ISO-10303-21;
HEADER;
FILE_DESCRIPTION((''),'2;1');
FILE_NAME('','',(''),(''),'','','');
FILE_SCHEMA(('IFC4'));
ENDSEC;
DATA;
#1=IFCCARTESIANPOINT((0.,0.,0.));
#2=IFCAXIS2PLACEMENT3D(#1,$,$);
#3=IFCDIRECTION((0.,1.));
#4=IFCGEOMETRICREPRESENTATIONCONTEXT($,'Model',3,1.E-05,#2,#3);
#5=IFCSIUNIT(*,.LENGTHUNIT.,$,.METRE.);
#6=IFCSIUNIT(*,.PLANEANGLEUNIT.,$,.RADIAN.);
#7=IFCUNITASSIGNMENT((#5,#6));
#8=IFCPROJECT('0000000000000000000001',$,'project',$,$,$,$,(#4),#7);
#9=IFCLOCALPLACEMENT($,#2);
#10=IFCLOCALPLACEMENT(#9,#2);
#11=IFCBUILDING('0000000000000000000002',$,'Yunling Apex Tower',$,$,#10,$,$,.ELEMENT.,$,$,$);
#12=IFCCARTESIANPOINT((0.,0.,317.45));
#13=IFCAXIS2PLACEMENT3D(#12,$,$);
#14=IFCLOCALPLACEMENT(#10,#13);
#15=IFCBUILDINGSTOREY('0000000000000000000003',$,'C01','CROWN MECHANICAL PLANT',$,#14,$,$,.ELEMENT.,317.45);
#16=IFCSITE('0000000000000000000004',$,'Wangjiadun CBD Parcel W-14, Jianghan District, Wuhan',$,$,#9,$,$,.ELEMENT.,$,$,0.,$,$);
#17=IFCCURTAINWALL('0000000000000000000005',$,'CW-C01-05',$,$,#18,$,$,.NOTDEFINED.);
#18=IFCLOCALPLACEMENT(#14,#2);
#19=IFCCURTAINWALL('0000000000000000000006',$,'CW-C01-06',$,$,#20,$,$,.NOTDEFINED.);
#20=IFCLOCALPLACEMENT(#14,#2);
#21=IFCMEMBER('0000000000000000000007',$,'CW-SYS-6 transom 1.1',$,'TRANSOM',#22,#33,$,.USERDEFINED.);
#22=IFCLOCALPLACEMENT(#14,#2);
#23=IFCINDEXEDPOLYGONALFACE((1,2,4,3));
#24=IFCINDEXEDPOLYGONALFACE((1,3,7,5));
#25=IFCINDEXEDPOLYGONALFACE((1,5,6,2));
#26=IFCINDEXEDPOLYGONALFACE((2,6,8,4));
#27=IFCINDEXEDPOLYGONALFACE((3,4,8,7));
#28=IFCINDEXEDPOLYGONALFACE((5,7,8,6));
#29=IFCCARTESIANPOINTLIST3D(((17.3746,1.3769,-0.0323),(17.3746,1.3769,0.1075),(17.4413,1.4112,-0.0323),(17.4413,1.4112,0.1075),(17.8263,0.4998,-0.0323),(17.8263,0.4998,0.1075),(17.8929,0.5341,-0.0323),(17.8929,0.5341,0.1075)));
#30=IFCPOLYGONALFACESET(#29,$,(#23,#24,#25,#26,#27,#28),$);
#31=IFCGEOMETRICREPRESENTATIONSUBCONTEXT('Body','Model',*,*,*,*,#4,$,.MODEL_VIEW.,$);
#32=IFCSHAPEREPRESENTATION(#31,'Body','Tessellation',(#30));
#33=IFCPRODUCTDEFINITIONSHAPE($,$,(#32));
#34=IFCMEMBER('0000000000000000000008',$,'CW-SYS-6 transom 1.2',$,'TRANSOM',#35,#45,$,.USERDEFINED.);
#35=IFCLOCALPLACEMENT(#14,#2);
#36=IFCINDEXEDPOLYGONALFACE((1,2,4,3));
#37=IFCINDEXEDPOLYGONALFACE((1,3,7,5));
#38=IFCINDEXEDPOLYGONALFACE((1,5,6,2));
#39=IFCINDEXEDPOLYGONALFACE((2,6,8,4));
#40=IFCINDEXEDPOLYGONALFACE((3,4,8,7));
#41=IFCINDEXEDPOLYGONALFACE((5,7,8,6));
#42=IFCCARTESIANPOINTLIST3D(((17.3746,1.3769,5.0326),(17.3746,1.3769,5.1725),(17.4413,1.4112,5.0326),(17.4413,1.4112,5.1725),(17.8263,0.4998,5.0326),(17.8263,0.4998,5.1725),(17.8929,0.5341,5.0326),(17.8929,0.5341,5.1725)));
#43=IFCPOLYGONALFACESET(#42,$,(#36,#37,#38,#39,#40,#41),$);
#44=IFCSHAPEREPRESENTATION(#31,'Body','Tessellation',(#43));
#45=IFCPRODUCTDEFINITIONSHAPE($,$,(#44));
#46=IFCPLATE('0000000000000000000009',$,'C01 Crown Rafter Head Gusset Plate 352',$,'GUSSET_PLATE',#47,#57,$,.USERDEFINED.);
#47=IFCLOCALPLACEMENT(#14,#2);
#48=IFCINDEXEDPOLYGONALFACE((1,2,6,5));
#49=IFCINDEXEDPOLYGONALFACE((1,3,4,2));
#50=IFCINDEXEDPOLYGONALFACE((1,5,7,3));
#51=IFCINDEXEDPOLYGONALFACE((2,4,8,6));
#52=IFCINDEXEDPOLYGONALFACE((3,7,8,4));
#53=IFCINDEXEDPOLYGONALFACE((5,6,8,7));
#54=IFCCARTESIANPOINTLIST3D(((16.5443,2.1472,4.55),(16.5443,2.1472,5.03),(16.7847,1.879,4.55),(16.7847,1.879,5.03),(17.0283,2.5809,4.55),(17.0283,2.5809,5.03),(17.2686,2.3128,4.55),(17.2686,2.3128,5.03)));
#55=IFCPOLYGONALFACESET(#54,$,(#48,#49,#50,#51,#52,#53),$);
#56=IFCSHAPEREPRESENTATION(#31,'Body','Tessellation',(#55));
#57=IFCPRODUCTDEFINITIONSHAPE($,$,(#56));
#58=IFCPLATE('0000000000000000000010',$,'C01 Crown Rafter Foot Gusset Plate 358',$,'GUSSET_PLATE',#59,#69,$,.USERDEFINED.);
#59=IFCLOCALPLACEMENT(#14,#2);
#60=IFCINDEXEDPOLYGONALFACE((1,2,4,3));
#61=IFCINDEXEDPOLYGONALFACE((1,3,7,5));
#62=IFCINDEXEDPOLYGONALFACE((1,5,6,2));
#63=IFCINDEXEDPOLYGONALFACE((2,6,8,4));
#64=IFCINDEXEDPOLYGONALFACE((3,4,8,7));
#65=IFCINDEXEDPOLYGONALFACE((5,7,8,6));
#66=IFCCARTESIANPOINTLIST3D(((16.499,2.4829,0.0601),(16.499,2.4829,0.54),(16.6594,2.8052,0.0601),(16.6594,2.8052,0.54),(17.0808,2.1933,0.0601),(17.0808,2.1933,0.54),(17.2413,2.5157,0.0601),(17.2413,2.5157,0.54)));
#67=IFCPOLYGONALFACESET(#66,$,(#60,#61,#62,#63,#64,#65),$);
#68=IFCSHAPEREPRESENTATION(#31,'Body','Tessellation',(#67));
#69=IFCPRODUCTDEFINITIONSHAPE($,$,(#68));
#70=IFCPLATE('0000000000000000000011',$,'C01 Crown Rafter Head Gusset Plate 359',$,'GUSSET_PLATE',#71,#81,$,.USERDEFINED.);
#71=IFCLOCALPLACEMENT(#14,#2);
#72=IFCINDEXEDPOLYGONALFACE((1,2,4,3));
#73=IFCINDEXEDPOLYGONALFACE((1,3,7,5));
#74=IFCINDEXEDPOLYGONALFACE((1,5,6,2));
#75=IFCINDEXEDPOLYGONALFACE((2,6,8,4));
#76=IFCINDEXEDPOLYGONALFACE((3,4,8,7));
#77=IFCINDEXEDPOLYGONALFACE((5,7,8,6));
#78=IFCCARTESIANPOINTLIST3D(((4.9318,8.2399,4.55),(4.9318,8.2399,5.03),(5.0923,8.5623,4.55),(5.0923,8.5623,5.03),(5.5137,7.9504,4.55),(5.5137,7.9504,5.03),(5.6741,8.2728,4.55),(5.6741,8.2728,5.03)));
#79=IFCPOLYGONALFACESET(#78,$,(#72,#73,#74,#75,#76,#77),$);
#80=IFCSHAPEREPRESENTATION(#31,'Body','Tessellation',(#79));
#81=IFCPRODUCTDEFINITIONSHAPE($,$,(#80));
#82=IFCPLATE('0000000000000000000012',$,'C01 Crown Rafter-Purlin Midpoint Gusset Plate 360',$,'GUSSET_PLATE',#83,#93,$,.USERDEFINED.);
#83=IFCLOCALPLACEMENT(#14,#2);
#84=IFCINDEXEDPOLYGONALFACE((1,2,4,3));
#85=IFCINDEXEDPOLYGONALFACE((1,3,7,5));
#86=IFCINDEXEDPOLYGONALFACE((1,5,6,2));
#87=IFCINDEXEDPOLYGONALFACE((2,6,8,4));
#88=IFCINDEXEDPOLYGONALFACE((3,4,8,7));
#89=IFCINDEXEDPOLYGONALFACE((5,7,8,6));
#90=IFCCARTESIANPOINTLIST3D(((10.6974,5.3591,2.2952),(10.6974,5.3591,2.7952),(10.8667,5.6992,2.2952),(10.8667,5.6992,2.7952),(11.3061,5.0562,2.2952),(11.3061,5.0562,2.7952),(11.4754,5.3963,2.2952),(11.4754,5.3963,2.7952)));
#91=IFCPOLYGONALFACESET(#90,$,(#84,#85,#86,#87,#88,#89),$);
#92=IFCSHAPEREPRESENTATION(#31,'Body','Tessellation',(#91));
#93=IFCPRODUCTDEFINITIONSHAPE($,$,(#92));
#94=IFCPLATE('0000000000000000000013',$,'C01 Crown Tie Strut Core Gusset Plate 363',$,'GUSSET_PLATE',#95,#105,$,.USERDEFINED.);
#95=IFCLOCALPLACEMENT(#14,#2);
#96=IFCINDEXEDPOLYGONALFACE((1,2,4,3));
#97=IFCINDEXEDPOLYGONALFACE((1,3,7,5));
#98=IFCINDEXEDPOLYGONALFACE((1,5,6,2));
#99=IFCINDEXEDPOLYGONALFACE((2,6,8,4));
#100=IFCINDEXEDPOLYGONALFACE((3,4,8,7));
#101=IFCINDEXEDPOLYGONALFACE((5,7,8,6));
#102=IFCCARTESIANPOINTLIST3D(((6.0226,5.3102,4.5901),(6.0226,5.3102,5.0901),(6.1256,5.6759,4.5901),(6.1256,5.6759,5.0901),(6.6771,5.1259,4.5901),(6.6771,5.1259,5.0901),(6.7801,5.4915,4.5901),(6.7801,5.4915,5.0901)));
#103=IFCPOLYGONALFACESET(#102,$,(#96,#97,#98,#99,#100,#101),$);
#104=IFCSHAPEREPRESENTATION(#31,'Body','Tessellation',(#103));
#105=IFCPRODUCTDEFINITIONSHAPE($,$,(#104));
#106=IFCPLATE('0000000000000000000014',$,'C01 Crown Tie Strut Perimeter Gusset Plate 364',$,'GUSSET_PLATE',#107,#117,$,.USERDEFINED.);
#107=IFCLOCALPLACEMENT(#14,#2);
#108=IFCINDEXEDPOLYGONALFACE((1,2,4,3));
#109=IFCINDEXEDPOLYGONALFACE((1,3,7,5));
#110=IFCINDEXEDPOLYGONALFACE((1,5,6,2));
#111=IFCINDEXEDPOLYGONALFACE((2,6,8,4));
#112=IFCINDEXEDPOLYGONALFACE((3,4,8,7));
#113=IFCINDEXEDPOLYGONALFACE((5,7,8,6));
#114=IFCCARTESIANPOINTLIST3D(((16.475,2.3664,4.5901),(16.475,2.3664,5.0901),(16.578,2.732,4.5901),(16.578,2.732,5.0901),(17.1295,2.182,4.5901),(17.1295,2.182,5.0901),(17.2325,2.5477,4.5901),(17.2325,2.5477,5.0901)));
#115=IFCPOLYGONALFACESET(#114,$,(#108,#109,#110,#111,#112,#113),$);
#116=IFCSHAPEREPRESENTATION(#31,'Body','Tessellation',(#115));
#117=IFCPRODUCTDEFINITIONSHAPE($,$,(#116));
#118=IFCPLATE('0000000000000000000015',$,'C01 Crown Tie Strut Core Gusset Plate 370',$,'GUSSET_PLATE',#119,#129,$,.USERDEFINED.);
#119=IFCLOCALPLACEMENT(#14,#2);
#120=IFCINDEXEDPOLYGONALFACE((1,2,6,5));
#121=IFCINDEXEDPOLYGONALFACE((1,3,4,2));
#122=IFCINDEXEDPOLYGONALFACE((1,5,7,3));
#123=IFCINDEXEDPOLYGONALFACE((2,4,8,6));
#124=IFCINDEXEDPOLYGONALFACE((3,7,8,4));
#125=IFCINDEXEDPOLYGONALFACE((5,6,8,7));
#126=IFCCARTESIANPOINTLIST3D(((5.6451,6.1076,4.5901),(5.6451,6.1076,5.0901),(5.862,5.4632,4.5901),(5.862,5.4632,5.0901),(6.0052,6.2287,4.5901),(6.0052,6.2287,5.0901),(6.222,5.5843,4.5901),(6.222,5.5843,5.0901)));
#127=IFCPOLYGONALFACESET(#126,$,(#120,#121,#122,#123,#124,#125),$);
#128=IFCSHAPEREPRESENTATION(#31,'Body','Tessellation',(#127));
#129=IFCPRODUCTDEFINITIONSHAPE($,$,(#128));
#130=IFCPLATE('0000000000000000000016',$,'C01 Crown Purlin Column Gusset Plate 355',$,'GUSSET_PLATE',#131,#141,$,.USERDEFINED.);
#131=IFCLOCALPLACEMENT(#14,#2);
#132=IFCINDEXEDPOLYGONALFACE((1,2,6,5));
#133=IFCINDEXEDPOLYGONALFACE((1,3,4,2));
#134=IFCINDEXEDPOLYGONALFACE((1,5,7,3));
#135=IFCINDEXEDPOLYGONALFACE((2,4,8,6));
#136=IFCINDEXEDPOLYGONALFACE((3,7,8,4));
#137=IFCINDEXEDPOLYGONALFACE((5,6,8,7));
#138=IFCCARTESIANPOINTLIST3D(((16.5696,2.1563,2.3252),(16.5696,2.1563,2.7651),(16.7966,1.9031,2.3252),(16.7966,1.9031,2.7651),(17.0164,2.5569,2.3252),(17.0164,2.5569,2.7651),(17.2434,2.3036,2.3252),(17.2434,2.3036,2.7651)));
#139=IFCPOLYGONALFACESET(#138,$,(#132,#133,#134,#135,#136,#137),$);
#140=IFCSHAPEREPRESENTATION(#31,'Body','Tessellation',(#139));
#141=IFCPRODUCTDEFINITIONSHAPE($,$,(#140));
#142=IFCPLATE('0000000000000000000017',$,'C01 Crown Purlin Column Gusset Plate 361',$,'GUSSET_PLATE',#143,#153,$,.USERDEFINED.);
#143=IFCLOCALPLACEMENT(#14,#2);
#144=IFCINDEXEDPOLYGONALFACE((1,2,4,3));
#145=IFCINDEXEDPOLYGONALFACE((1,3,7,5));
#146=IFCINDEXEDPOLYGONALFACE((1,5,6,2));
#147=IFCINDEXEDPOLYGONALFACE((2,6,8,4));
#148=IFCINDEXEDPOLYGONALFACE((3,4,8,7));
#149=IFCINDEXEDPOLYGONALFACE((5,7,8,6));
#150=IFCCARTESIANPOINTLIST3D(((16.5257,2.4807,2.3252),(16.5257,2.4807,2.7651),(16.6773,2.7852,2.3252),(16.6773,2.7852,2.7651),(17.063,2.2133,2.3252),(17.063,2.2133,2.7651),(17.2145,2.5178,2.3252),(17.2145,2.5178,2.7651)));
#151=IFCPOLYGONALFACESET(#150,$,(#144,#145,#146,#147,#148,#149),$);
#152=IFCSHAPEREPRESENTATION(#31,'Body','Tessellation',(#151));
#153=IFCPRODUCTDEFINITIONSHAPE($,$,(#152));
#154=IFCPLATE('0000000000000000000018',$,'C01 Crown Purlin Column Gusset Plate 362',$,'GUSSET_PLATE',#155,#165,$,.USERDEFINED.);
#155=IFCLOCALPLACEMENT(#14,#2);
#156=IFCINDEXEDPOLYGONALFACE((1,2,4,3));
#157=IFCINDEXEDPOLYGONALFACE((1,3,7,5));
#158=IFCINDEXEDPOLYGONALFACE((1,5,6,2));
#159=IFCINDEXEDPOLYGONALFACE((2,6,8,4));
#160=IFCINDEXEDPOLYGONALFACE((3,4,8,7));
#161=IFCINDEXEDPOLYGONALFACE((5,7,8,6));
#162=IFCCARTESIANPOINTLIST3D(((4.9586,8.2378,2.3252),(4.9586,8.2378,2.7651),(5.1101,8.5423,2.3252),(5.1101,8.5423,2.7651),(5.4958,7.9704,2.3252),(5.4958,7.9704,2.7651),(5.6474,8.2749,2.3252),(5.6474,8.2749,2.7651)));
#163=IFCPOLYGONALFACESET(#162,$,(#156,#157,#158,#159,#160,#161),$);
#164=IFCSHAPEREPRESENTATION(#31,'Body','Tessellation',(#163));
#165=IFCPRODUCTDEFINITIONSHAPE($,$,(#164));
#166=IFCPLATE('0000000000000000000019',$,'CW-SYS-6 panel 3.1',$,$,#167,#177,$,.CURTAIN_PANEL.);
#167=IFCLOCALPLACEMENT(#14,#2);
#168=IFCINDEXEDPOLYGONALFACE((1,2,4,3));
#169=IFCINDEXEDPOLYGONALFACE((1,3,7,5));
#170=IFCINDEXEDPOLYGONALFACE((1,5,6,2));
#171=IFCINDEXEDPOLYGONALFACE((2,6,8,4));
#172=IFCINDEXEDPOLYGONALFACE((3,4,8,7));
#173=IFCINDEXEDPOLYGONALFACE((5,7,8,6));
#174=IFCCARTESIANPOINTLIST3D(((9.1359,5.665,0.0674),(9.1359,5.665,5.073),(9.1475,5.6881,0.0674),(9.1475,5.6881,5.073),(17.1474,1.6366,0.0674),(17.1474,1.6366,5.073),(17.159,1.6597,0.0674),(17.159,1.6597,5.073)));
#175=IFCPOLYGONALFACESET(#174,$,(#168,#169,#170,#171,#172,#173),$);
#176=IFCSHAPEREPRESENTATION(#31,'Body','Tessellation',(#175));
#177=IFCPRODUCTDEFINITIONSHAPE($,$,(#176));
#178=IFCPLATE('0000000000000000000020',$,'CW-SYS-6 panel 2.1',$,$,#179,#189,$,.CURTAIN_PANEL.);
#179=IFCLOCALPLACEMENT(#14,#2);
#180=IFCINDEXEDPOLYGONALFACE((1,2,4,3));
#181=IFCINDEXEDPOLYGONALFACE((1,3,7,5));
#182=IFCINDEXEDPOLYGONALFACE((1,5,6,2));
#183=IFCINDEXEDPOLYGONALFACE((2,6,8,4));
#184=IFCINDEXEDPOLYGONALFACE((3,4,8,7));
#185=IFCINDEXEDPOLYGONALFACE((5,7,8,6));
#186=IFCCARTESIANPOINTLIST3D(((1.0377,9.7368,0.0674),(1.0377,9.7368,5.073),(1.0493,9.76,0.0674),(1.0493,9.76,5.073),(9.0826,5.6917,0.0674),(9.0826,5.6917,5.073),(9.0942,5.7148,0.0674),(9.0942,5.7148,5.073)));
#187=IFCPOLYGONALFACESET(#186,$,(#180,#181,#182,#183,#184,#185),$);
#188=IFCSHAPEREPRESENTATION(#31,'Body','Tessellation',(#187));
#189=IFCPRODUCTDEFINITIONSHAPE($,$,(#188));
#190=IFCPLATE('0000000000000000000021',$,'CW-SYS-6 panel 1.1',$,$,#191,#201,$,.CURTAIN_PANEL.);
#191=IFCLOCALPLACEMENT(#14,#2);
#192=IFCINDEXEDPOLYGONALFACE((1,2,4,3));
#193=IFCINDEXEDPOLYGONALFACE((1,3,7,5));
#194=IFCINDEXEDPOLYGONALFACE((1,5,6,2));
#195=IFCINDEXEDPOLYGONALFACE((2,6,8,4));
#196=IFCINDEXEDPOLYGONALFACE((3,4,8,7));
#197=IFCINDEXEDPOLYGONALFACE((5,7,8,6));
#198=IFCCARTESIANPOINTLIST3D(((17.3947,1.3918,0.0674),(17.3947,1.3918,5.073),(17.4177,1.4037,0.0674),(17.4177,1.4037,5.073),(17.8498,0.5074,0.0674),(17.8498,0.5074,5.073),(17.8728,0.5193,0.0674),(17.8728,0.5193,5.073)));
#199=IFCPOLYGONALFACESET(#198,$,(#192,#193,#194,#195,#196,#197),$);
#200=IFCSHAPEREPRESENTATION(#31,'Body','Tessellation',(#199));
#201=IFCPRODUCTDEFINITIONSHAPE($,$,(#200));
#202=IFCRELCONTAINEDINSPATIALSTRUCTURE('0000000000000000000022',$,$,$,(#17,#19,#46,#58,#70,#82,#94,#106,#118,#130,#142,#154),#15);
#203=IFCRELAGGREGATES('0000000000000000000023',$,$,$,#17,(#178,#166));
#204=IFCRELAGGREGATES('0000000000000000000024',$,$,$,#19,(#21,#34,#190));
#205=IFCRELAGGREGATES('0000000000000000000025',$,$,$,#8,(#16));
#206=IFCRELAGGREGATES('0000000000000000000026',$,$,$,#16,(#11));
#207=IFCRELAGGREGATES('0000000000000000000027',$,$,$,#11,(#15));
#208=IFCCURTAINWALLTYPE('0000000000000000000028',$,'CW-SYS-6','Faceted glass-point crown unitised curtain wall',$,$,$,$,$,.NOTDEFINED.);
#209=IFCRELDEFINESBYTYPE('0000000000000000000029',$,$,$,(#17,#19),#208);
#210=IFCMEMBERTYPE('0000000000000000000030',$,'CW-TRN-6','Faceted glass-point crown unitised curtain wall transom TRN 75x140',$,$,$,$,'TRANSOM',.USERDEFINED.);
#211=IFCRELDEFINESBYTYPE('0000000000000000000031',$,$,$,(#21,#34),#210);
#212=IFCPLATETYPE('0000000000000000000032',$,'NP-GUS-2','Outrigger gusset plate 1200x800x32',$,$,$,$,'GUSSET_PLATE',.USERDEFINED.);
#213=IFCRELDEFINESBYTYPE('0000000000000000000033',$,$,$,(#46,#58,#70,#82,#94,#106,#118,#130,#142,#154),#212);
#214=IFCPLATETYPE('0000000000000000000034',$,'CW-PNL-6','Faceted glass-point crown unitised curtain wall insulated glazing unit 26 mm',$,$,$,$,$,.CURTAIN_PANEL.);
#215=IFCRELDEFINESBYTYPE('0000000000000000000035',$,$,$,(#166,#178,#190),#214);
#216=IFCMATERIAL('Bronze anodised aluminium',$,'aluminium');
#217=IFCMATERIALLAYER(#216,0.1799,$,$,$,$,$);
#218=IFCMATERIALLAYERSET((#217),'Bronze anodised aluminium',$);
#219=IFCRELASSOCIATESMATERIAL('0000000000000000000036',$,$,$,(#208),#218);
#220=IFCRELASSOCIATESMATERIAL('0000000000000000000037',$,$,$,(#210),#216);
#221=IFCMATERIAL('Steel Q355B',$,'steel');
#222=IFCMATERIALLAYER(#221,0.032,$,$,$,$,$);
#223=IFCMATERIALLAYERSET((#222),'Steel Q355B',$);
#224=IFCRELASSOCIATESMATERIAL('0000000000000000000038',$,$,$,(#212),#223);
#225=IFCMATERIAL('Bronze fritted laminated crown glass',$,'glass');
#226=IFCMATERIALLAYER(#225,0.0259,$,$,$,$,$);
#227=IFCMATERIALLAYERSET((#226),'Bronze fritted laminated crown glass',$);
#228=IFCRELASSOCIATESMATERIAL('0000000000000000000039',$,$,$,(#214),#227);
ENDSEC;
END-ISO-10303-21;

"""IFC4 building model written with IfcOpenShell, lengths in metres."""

from ifc_helpers import new_model, si_unit, direction, frame, origin, origin_2d, place, context, subcontext, project, spatial, rectangle, extrude, source, transform, mapped, material, layer, layer_set, material_profile, profile_set, type_object, element, aggregate, save


model = new_model("IFC4")

# Units and contexts
model_context = context("Model", 3, precision=1e-05, world=origin(), true_north=direction((0.0, 1.0)))
body_context = subcontext(model_context, "Body", "Model", "MODEL_VIEW")
ifc_project = project(units=[si_unit("LENGTHUNIT", "METRE"), si_unit("PLANEANGLEUNIT", "RADIAN")], contexts=[model_context])

# Site, building, storey
site_placement = place(None, origin())
site = spatial("IfcSite", under=ifc_project, at=site_placement, Name="Wangjiadun CBD Parcel W-14, Jianghan District, Wuhan", CompositionType="ELEMENT", RefElevation=0.0)
building_placement = place(site_placement, origin())
building = spatial("IfcBuilding", under=site, at=building_placement, Name="Yunling Apex Tower", CompositionType="ELEMENT")
storey_placement = place(building_placement, frame((0.0, 0.0, 317.45)))
storey = spatial("IfcBuildingStorey", under=building, at=storey_placement, Name="C01", Description="CROWN MECHANICAL PLANT", CompositionType="ELEMENT", Elevation=317.45)

# Shared definitions
ifc_material_1 = material(Name="Steel Q355B", Category="steel")

# Curtain walls
ifc_material_2 = material(Name="Bronze anodised aluminium", Category="aluminium")
ifc_layer_1 = layer(ifc_material_2, 0.1799)
ifc_layer_set_1 = layer_set([ifc_layer_1], Name="Bronze anodised aluminium")
curtain_wall_type = type_object("IfcCurtainWallType", Name="CW-SYS-6", Description="Faceted glass-point crown unitised curtain wall", PredefinedType="NOTDEFINED", material=ifc_layer_set_1)
curtain_wall_1_placement = place(storey_placement, origin())
curtain_wall_1 = element("IfcCurtainWall", 1, at=curtain_wall_1_placement, inside=storey, type_object=curtain_wall_type, Name="CW-C01-05", PredefinedType="NOTDEFINED")
curtain_wall_2_placement = place(storey_placement, origin())
curtain_wall_2 = element("IfcCurtainWall", 2, at=curtain_wall_2_placement, inside=storey, type_object=curtain_wall_type, Name="CW-C01-06", PredefinedType="NOTDEFINED")

# Members
ifc_material_profile_1 = material_profile(ifc_material_2, rectangle(XDim=0.075, YDim=0.1399, at=origin_2d()))
ifc_profile_set_1 = profile_set([ifc_material_profile_1], Name="Bronze anodised aluminium")
member_type_1 = type_object("IfcMemberType", Name="CW-TRN-6", Description="Faceted glass-point crown unitised curtain wall transom TRN 75x140", ElementType="TRANSOM", PredefinedType="USERDEFINED", material=ifc_profile_set_1)
shared_shape_1 = source(origin(), body_context, "Body", "SweptSolid", [
    extrude(rectangle(XDim=0.075, YDim=0.1399, at=origin_2d()), origin(), (0.0, 0.0, 1.0), 0.9866),
])
member_1_placement = place(storey_placement, frame((17.408, 1.394, 0.0376), z_axis=(0.457773, -0.889069, 0.0), x_axis=(0.889069, 0.457773, 0.0)))
member_1 = element("IfcMember", 3, at=member_1_placement, type_object=member_type_1, Name="CW-SYS-6 transom 1.1", ObjectType="TRANSOM", PredefinedType="USERDEFINED", context=body_context, shape_type="MappedRepresentation", body=[
    mapped(shared_shape_1, transform((0.0, 0.0, 0.0), scale=1.0)),
])
member_2_placement = place(storey_placement, frame((17.408, 1.394, 5.1025), z_axis=(0.457773, -0.889069, 0.0), x_axis=(0.889069, 0.457773, 0.0)))
member_2 = element("IfcMember", 4, at=member_2_placement, type_object=member_type_1, Name="CW-SYS-6 transom 1.2", ObjectType="TRANSOM", PredefinedType="USERDEFINED", context=body_context, shape_type="MappedRepresentation", body=[
    mapped(shared_shape_1, transform((0.0, 0.0, 0.0), scale=1.0)),
])

# Plates
ifc_layer_2 = layer(ifc_material_1, 0.032)
ifc_layer_set_2 = layer_set([ifc_layer_2], Name="Steel Q355B")
plate_type_1 = type_object("IfcPlateType", Name="NP-GUS-2", Description="Outrigger gusset plate 1200x800x32", ElementType="GUSSET_PLATE", PredefinedType="USERDEFINED", material=ifc_layer_set_2)
shared_shape_2 = source(origin(), body_context, "Body", "SweptSolid", [
    extrude(rectangle(XDim=0.6499, YDim=0.3601, at=origin_2d()), origin(), (0.0, 0.0, 1.0), 0.48),
])
for number, where, z_axis, x_axis, name in (
    (5, (16.9065, 2.23, 4.55), (0.0, 0.0, 1.0), (0.744661, 0.667443, 0.0), "C01 Crown Rafter Head Gusset Plate 352"),
    (6, (16.8701, 2.4993, 0.0601), (0.0, 0.0, 1.0), (-0.895246, 0.445573, 0.0), "C01 Crown Rafter Foot Gusset Plate 358"),
    (7, (5.303, 8.2563, 4.55), (0.0, 0.0, 1.0), (-0.895246, 0.445573, 0.0), "C01 Crown Rafter Head Gusset Plate 359"),
):
    element("IfcPlate", number, at=place(storey_placement, frame(where, z_axis=z_axis, x_axis=x_axis)), inside=storey, type_object=plate_type_1, Name=name, ObjectType="GUSSET_PLATE", PredefinedType="USERDEFINED", context=body_context, shape_type="MappedRepresentation", body=[
        mapped(shared_shape_2, transform((0.0, 0.0, 0.0), scale=1.0)),
    ])
shared_shape_3 = source(origin(), body_context, "Body", "SweptSolid", [
    extrude(rectangle(XDim=0.6799, YDim=0.3799, at=origin_2d()), origin(), (0.0, 0.0, 1.0), 0.5),
])
for number, where, z_axis, x_axis, name in (
    (8, (11.0864, 5.3777, 2.2952), (0.0, 0.0, 1.0), (-0.895246, 0.445573, 0.0), "C01 Crown Rafter-Purlin Midpoint Gusset Plate 360"),
    (9, (6.4014, 5.4009, 4.5901), (0.0, 0.0, 1.0), (0.96255, -0.271104, 0.0), "C01 Crown Tie Strut Core Gusset Plate 363"),
    (10, (16.8538, 2.457, 4.5901), (0.0, 0.0, 1.0), (0.96255, -0.271104, 0.0), "C01 Crown Tie Strut Perimeter Gusset Plate 364"),
    (11, (5.9336, 5.8459, 4.5901), (0.0, 0.0, 1.0), (-0.318959, 0.947768, 0.0), "C01 Crown Tie Strut Core Gusset Plate 370"),
):
    element("IfcPlate", number, at=place(storey_placement, frame(where, z_axis=z_axis, x_axis=x_axis)), inside=storey, type_object=plate_type_1, Name=name, ObjectType="GUSSET_PLATE", PredefinedType="USERDEFINED", context=body_context, shape_type="MappedRepresentation", body=[
        mapped(shared_shape_3, transform((0.0, 0.0, 0.0), scale=1.0)),
    ])
shared_shape_4 = source(origin(), body_context, "Body", "SweptSolid", [
    extrude(rectangle(XDim=0.6001, YDim=0.3401, at=origin_2d()), origin(), (0.0, 0.0, 1.0), 0.4399),
])
for number, where, z_axis, x_axis, name in (
    (12, (16.9065, 2.23, 2.3252), (0.0, 0.0, 1.0), (0.744661, 0.667443, 0.0), "C01 Crown Purlin Column Gusset Plate 355"),
    (13, (16.8701, 2.4993, 2.3252), (0.0, 0.0, 1.0), (-0.895246, 0.445573, 0.0), "C01 Crown Purlin Column Gusset Plate 361"),
    (14, (5.303, 8.2563, 2.3252), (0.0, 0.0, 1.0), (-0.895246, 0.445573, 0.0), "C01 Crown Purlin Column Gusset Plate 362"),
):
    element("IfcPlate", number, at=place(storey_placement, frame(where, z_axis=z_axis, x_axis=x_axis)), inside=storey, type_object=plate_type_1, Name=name, ObjectType="GUSSET_PLATE", PredefinedType="USERDEFINED", context=body_context, shape_type="MappedRepresentation", body=[
        mapped(shared_shape_4, transform((0.0, 0.0, 0.0), scale=1.0)),
    ])

# Plates
ifc_material_3 = material(Name="Bronze fritted laminated crown glass", Category="glass")
ifc_layer_3 = layer(ifc_material_3, 0.0259)
ifc_layer_set_3 = layer_set([ifc_layer_3], Name="Bronze fritted laminated crown glass")
plate_type_2 = type_object("IfcPlateType", Name="CW-PNL-6", Description="Faceted glass-point crown unitised curtain wall insulated glazing unit 26 mm", PredefinedType="CURTAIN_PANEL", material=ifc_layer_set_3)
shared_shape_5 = source(origin(), body_context, "Body", "SweptSolid", [
    extrude(rectangle(XDim=8.9673, YDim=0.0259, at=origin_2d()), origin(), (0.0, 0.0, 1.0), 5.0056),
])
plate_1_placement = place(storey_placement, frame((13.1475, 3.6624, 0.0674), z_axis=(0.0, 0.0, 1.0), x_axis=(0.893417, -0.449228, 0.0)))
plate_1 = element("IfcPlate", 15, at=plate_1_placement, type_object=plate_type_2, Name="CW-SYS-6 panel 3.1", PredefinedType="CURTAIN_PANEL", context=body_context, shape_type="MappedRepresentation", body=[
    mapped(shared_shape_5, transform((0.0, 0.0, 0.0), scale=1.0)),
])
shared_shape_6 = source(origin(), body_context, "Body", "SweptSolid", [
    extrude(rectangle(XDim=9.0046, YDim=0.0259, at=origin_2d()), origin(), (0.0, 0.0, 1.0), 5.0056),
])
plate_2_placement = place(storey_placement, frame((5.0659, 7.7258, 0.0674), z_axis=(0.0, 0.0, 1.0), x_axis=(0.893417, -0.449228, 0.0)))
plate_2 = element("IfcPlate", 16, at=plate_2_placement, type_object=plate_type_2, Name="CW-SYS-6 panel 2.1", PredefinedType="CURTAIN_PANEL", context=body_context, shape_type="MappedRepresentation", body=[
    mapped(shared_shape_6, transform((0.0, 0.0, 0.0), scale=1.0)),
])
aggregate(curtain_wall_1, [plate_2, plate_1])
shared_shape_7 = source(origin(), body_context, "Body", "SweptSolid", [
    extrude(rectangle(XDim=0.9946, YDim=0.0259, at=origin_2d()), origin(), (0.0, 0.0, 1.0), 5.0056),
])
plate_3_placement = place(storey_placement, frame((17.6338, 0.9556, 0.0674), z_axis=(0.0, 0.0, 1.0), x_axis=(0.457562, -0.889178, 0.0)))
plate_3 = element("IfcPlate", 17, at=plate_3_placement, type_object=plate_type_2, Name="CW-SYS-6 panel 1.1", PredefinedType="CURTAIN_PANEL", context=body_context, shape_type="MappedRepresentation", body=[
    mapped(shared_shape_7, transform((0.0, 0.0, 0.0), scale=1.0)),
])
aggregate(curtain_wall_2, [member_1, member_2, plate_3])

save(model, "model.ifc")
